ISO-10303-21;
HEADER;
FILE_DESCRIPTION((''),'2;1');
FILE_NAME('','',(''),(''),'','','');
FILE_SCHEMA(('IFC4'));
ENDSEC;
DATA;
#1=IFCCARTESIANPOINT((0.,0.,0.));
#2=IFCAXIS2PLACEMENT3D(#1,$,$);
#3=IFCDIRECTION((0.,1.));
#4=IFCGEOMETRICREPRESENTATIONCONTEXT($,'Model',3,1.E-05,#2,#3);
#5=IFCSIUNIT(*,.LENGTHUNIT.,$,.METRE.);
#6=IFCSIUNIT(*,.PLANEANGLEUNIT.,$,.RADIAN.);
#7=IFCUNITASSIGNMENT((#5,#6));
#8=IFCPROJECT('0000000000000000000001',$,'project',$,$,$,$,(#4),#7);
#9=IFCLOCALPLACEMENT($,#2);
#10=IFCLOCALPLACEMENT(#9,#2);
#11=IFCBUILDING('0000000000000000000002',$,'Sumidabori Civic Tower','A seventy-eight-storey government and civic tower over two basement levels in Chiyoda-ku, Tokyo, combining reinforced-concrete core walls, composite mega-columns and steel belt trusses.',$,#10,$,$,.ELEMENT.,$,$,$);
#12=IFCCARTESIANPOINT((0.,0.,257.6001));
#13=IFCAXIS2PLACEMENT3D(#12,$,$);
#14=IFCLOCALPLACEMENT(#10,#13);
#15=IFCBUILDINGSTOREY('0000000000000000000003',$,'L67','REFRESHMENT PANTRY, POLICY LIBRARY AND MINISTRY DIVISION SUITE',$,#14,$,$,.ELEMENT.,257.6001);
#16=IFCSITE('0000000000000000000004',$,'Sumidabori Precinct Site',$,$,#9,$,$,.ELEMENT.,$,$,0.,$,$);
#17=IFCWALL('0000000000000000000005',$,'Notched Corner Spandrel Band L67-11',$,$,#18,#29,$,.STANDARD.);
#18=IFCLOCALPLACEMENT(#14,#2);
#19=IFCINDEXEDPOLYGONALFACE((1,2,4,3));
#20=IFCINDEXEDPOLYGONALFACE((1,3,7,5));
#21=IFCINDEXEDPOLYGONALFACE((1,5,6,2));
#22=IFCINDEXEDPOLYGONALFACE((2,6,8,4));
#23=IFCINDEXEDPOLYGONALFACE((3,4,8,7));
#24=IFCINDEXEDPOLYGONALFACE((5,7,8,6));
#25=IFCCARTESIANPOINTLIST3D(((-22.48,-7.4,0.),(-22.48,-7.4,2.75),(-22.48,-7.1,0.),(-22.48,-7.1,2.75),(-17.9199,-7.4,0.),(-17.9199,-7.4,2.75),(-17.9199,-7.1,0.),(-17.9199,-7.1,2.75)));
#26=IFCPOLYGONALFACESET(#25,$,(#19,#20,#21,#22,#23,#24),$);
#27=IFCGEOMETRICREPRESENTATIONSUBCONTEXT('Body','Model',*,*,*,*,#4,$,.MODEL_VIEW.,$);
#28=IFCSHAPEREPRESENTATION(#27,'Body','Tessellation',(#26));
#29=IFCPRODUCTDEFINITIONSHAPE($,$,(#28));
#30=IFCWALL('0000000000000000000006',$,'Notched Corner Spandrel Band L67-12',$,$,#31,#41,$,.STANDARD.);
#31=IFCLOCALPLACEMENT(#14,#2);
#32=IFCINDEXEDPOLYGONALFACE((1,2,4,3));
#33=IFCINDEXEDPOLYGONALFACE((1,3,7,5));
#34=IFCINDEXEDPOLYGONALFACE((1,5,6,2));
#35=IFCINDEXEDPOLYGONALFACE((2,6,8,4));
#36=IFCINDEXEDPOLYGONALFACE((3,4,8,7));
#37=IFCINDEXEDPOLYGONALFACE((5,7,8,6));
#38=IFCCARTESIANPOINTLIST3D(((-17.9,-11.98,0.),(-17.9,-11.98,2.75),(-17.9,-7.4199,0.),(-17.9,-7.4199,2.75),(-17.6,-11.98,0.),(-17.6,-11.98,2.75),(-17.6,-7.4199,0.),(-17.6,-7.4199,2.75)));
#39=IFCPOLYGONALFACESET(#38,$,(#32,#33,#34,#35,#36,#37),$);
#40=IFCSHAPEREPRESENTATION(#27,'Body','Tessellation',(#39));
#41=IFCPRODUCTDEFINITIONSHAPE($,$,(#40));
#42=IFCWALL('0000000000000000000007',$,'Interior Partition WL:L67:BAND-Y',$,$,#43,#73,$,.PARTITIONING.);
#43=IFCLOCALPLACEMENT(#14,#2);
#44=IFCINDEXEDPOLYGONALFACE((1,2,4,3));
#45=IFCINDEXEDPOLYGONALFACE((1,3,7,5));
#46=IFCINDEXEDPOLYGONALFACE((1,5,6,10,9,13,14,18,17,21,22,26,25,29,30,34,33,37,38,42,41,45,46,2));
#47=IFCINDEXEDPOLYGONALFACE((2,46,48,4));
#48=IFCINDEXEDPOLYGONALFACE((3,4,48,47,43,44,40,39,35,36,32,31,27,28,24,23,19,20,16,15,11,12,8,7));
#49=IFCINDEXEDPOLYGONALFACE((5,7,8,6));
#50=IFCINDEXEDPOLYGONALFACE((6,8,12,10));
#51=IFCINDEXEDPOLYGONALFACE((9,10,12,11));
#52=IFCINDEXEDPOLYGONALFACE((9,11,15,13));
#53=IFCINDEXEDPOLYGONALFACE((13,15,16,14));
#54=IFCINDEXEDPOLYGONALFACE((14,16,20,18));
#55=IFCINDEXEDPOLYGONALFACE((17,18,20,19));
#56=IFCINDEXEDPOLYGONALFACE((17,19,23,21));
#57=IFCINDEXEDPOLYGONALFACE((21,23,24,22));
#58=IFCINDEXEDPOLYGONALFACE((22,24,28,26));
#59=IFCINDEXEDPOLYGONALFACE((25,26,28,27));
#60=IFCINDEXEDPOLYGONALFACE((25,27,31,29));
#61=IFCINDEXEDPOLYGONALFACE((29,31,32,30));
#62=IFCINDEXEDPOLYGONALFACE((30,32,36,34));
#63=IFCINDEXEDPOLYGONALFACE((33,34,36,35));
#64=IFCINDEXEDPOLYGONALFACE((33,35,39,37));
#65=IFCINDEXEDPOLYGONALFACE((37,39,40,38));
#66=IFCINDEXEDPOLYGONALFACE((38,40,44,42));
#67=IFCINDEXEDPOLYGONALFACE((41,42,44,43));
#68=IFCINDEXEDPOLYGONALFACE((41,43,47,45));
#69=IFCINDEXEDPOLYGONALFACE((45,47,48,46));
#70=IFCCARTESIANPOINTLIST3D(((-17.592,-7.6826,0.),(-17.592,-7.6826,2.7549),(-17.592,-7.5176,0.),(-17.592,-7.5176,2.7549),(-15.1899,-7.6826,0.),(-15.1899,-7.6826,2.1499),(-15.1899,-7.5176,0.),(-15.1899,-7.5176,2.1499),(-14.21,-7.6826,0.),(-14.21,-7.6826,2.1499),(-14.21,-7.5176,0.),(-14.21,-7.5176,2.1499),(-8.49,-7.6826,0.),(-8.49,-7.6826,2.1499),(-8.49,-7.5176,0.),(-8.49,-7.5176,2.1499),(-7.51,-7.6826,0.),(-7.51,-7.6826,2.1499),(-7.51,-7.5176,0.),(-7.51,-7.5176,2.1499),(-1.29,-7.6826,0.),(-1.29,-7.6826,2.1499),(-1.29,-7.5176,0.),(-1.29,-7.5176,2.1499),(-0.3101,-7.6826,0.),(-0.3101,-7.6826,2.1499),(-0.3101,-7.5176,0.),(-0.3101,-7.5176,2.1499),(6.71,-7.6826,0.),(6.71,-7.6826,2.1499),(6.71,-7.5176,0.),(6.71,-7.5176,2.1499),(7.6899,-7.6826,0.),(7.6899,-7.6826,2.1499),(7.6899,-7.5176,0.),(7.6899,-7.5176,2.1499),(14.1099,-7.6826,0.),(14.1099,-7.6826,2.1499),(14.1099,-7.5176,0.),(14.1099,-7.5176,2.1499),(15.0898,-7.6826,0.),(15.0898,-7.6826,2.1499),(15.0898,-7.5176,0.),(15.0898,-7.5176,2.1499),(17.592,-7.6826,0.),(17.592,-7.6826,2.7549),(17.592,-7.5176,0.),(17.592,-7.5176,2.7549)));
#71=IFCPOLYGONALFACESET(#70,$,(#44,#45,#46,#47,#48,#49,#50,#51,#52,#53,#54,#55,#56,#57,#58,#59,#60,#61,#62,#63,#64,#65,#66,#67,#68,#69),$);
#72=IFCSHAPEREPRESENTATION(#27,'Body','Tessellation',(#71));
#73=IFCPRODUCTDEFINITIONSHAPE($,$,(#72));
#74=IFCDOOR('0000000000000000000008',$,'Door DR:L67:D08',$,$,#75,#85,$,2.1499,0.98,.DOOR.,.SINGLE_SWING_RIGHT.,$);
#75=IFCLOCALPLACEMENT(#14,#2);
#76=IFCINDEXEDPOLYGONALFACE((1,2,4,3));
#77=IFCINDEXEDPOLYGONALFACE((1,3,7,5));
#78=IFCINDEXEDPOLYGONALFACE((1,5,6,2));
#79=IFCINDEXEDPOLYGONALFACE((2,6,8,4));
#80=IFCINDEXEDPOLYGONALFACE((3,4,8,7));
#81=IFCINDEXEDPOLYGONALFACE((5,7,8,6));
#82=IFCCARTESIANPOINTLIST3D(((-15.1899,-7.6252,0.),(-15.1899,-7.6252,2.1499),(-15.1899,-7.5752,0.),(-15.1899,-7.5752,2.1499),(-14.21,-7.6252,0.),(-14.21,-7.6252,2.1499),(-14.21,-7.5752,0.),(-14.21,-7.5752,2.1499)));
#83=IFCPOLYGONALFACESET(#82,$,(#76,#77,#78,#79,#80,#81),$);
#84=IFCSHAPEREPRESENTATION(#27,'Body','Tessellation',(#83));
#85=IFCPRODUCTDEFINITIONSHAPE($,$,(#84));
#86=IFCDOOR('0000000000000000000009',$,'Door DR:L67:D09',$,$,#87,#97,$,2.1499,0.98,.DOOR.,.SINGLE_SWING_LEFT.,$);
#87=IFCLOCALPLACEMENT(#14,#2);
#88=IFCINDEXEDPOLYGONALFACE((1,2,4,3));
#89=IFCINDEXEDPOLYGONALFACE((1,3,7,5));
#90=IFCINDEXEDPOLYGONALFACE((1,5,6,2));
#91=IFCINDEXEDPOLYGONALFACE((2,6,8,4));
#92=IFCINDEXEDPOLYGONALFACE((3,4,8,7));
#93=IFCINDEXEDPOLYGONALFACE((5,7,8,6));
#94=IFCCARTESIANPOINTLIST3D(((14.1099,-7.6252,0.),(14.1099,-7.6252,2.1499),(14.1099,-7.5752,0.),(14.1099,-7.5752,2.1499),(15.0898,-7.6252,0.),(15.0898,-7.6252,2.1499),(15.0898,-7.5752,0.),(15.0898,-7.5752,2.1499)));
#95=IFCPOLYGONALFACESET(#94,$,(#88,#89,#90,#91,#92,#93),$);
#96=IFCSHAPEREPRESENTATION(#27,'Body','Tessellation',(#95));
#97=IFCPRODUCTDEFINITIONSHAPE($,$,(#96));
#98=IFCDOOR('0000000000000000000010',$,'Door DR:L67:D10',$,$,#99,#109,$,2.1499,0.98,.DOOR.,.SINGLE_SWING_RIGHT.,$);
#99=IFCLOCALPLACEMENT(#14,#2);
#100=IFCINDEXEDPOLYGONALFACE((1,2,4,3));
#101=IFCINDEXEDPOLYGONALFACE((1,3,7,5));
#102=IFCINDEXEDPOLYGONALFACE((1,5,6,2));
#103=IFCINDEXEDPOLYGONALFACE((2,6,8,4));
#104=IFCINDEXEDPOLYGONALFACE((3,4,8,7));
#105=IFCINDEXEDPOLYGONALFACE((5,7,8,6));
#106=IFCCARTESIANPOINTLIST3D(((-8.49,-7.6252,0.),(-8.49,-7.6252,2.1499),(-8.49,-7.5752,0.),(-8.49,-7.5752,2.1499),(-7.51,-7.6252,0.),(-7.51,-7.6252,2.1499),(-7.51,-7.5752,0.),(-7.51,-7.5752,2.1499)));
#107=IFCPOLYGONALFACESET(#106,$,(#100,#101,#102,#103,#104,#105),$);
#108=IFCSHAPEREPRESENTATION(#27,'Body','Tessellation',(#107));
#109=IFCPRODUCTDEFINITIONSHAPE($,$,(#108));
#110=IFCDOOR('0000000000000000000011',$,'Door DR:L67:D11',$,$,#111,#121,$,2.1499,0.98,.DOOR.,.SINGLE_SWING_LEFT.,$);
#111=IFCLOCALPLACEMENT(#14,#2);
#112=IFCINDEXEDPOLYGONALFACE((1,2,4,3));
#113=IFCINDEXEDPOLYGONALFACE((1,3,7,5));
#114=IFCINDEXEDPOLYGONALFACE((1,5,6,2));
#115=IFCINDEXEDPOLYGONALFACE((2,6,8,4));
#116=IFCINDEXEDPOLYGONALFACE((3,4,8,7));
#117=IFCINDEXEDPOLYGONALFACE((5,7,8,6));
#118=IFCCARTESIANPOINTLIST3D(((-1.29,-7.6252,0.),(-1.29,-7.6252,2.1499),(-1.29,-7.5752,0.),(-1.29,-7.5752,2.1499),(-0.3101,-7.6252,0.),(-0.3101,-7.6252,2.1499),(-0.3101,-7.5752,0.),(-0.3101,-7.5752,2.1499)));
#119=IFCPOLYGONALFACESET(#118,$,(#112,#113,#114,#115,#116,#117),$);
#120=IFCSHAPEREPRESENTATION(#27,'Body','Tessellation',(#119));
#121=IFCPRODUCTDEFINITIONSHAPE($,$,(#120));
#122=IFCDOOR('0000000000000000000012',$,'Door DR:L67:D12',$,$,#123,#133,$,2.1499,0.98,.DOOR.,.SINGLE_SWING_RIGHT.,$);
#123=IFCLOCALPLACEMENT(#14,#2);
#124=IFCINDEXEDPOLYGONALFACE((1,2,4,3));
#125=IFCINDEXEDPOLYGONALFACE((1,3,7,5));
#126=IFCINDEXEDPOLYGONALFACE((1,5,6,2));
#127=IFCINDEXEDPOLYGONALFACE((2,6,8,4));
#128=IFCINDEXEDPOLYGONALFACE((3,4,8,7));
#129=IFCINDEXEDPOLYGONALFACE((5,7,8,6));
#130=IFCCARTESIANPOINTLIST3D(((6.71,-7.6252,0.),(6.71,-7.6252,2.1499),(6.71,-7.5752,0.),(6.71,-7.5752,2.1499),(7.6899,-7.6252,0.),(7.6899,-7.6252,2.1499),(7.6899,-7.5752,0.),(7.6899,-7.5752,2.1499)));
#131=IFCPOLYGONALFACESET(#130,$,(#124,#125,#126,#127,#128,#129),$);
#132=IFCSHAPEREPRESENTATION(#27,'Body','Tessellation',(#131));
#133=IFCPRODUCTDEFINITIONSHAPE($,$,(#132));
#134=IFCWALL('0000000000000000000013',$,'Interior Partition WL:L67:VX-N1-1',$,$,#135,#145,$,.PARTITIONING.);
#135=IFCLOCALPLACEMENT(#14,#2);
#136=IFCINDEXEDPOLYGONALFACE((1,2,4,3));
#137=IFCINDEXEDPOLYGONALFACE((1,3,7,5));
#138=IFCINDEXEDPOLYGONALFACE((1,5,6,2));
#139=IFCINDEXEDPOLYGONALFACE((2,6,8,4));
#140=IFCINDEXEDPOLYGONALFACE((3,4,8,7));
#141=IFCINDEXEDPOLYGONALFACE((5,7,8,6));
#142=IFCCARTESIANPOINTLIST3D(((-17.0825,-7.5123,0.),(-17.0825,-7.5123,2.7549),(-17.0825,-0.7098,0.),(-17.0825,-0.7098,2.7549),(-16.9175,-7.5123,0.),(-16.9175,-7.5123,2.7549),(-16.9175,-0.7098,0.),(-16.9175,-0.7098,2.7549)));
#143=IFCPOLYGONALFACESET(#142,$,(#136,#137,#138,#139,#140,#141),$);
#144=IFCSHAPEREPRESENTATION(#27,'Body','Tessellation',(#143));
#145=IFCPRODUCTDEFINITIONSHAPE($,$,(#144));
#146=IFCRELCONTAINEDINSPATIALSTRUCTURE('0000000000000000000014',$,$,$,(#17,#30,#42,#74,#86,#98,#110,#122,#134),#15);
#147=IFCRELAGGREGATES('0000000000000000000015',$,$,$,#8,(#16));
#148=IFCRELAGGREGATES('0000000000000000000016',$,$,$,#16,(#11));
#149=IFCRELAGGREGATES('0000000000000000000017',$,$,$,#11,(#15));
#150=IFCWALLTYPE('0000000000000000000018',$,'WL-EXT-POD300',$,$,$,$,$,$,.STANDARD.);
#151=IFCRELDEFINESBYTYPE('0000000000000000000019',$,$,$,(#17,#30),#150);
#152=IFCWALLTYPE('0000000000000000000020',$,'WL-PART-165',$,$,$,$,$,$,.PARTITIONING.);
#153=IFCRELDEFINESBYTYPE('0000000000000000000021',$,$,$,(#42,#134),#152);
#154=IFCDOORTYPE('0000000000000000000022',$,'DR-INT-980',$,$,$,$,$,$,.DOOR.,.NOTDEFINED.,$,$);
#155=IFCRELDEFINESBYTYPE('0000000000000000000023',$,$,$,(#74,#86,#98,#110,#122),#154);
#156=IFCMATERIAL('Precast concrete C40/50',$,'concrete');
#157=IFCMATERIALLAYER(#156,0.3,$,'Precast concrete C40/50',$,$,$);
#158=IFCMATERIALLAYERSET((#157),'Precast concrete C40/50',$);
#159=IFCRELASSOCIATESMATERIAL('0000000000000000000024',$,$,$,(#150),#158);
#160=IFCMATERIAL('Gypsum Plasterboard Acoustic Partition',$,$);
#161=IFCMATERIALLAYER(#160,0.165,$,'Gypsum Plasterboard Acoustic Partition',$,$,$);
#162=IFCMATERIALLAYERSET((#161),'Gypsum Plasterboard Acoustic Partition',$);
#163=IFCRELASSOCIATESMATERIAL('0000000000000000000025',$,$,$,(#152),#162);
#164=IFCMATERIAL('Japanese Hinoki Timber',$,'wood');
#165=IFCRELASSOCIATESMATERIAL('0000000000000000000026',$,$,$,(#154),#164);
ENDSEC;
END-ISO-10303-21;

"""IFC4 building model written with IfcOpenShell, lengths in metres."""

from ifc_helpers import new_model, si_unit, direction, frame, frame_2d, origin, place, context, subcontext, project, spatial, rectangle, extrude, source, transform, mapped, material, layer, layer_set, type_object, element, fill, save


model = new_model("IFC4")

# Units and contexts
model_context = context("Model", 3, precision=1e-05, world=origin(), true_north=direction((0.0, 1.0)))
body_context = subcontext(model_context, "Body", "Model", "MODEL_VIEW")
ifc_project = project(units=[si_unit("LENGTHUNIT", "METRE"), si_unit("PLANEANGLEUNIT", "RADIAN")], contexts=[model_context])

# Site, building, storey
site_placement = place(None, origin())
site = spatial("IfcSite", under=ifc_project, at=site_placement, Name="Sumidabori Precinct Site", CompositionType="ELEMENT", RefElevation=0.0)
building_placement = place(site_placement, origin())
building = spatial("IfcBuilding", under=site, at=building_placement, Name="Sumidabori Civic Tower", Description="A seventy-eight-storey government and civic tower over two basement levels in Chiyoda-ku, Tokyo, combining reinforced-concrete core walls, composite mega-columns and steel belt trusses.", CompositionType="ELEMENT")
storey_placement = place(building_placement, frame((0.0, 0.0, 257.6001)))
storey = spatial("IfcBuildingStorey", under=building, at=storey_placement, Name="L67", Description="REFRESHMENT PANTRY, POLICY LIBRARY AND MINISTRY DIVISION SUITE", CompositionType="ELEMENT", Elevation=257.6001)

# Walls
ifc_material_1 = material(Name="Precast concrete C40/50", Category="concrete")
ifc_layer_1 = layer(ifc_material_1, 0.3, Name="Precast concrete C40/50")
ifc_layer_set_1 = layer_set([ifc_layer_1], Name="Precast concrete C40/50")
wall_type_1 = type_object("IfcWallType", Name="WL-EXT-POD300", PredefinedType="STANDARD", material=ifc_layer_set_1)
shared_shape_1 = source(origin(), body_context, "Body", "SweptSolid", [
    extrude(rectangle(XDim=4.5601, YDim=0.3, at=frame_2d((2.28, 0.0))), origin(), (0.0, 0.0, 1.0), 2.75),
])
for number, where, z_axis, x_axis, name in (
    (1, (-22.48, -7.25, 0.0), (0.0, 0.0, 1.0), (1.0, 0.0, 0.0), "Notched Corner Spandrel Band L67-11"),
    (2, (-17.75, -7.4199, 0.0), (0.0, 0.0, 1.0), (0.0, -1.0, 0.0), "Notched Corner Spandrel Band L67-12"),
):
    element("IfcWall", number, at=place(storey_placement, frame(where, z_axis=z_axis, x_axis=x_axis)), inside=storey, type_object=wall_type_1, Name=name, PredefinedType="STANDARD", context=body_context, shape_type="MappedRepresentation", body=[
        mapped(shared_shape_1, transform((0.0, 0.0, 0.0), x_axis=(1.0, 0.0, 0.0), y_axis=(0.0, 1.0, 0.0), z_axis=(0.0, 0.0, 1.0), scale=1.0)),
    ])

# Wall, openings, doors
ifc_material_2 = material(Name="Gypsum Plasterboard Acoustic Partition")
ifc_layer_2 = layer(ifc_material_2, 0.165, Name="Gypsum Plasterboard Acoustic Partition")
ifc_layer_set_2 = layer_set([ifc_layer_2], Name="Gypsum Plasterboard Acoustic Partition")
wall_type_2 = type_object("IfcWallType", Name="WL-PART-165", PredefinedType="PARTITIONING", material=ifc_layer_set_2)
shared_shape_2 = source(origin(), body_context, "Body", "SweptSolid", [
    extrude(rectangle(XDim=35.1841, YDim=0.165, at=frame_2d((17.592, 0.0))), origin(), (0.0, 0.0, 1.0), 2.7549),
])
wall_1_placement = place(storey_placement, frame((-17.592, -7.6001, 0.0), z_axis=(0.0, 0.0, 1.0), x_axis=(1.0, 0.0, 0.0)))
wall_1 = element("IfcWall", 3, at=wall_1_placement, inside=storey, type_object=wall_type_2, Name="Interior Partition WL:L67:BAND-Y", PredefinedType="PARTITIONING", context=body_context, shape_type="MappedRepresentation", body=[
    mapped(shared_shape_2, transform((0.0, 0.0, 0.0), x_axis=(1.0, 0.0, 0.0), y_axis=(0.0, 1.0, 0.0), z_axis=(0.0, 0.0, 1.0), scale=1.0)),
])
opening_1_placement = place(wall_1_placement, frame((2.4021, 0.0, 0.0)))
opening_1 = element("IfcOpeningElement", 4, at=opening_1_placement, cuts=wall_1, PredefinedType="OPENING", context=body_context, shape_type="SweptSolid", body=[
    extrude(rectangle(XDim=0.98, YDim=2.1499, at=frame_2d((0.49, 1.075))), frame((0.0, 0.0945, 0.0), z_axis=(0.0, -1.0, 0.0), x_axis=(1.0, 0.0, 0.0)), (0.0, 0.0, 1.0), 0.189),
])
opening_2_placement = place(wall_1_placement, frame((31.7019, 0.0, 0.0)))
opening_2 = element("IfcOpeningElement", 5, at=opening_2_placement, cuts=wall_1, PredefinedType="OPENING", context=body_context, shape_type="SweptSolid", body=[
    extrude(rectangle(XDim=0.98, YDim=2.1499, at=frame_2d((0.49, 1.075))), frame((0.0, 0.0945, 0.0), z_axis=(0.0, -1.0, 0.0), x_axis=(1.0, 0.0, 0.0)), (0.0, 0.0, 1.0), 0.189),
])
opening_3_placement = place(wall_1_placement, frame((9.1021, 0.0, 0.0)))
opening_3 = element("IfcOpeningElement", 6, at=opening_3_placement, cuts=wall_1, PredefinedType="OPENING", context=body_context, shape_type="SweptSolid", body=[
    extrude(rectangle(XDim=0.98, YDim=2.1499, at=frame_2d((0.49, 1.075))), frame((0.0, 0.0945, 0.0), z_axis=(0.0, -1.0, 0.0), x_axis=(1.0, 0.0, 0.0)), (0.0, 0.0, 1.0), 0.189),
])
opening_4_placement = place(wall_1_placement, frame((16.302, 0.0, 0.0)))
opening_4 = element("IfcOpeningElement", 7, at=opening_4_placement, cuts=wall_1, PredefinedType="OPENING", context=body_context, shape_type="SweptSolid", body=[
    extrude(rectangle(XDim=0.98, YDim=2.1499, at=frame_2d((0.49, 1.075))), frame((0.0, 0.0945, 0.0), z_axis=(0.0, -1.0, 0.0), x_axis=(1.0, 0.0, 0.0)), (0.0, 0.0, 1.0), 0.189),
])
opening_5_placement = place(wall_1_placement, frame((24.302, 0.0, 0.0)))
opening_5 = element("IfcOpeningElement", 8, at=opening_5_placement, cuts=wall_1, PredefinedType="OPENING", context=body_context, shape_type="SweptSolid", body=[
    extrude(rectangle(XDim=0.98, YDim=2.1499, at=frame_2d((0.49, 1.075))), frame((0.0, 0.0945, 0.0), z_axis=(0.0, -1.0, 0.0), x_axis=(1.0, 0.0, 0.0)), (0.0, 0.0, 1.0), 0.189),
])
ifc_material_3 = material(Name="Japanese Hinoki Timber", Category="wood")
door_type = type_object("IfcDoorType", Name="DR-INT-980", OperationType="NOTDEFINED", PredefinedType="DOOR", material=ifc_material_3)
shared_shape_3 = source(origin(), body_context, "Body", "SweptSolid", [
    extrude(rectangle(XDim=0.98, YDim=2.1499, at=frame_2d((0.49, 1.075))), frame((0.0, 0.0249, 0.0), z_axis=(0.0, -1.0, 0.0), x_axis=(1.0, 0.0, 0.0)), (0.0, 0.0, 1.0), 0.05),
])
door_1_placement = place(opening_1_placement, origin())
door_1 = element("IfcDoor", 9, at=door_1_placement, inside=storey, type_object=door_type, Name="Door DR:L67:D08", OperationType="SINGLE_SWING_RIGHT", OverallHeight=2.1499, OverallWidth=0.98, PredefinedType="DOOR", context=body_context, shape_type="MappedRepresentation", body=[
    mapped(shared_shape_3, transform((0.0, 0.0, 0.0), x_axis=(1.0, 0.0, 0.0), y_axis=(0.0, 1.0, 0.0), z_axis=(0.0, 0.0, 1.0), scale=1.0)),
])
fill(opening_1, door_1)
door_2_placement = place(opening_2_placement, origin())
door_2 = element("IfcDoor", 10, at=door_2_placement, inside=storey, type_object=door_type, Name="Door DR:L67:D09", OperationType="SINGLE_SWING_LEFT", OverallHeight=2.1499, OverallWidth=0.98, PredefinedType="DOOR", context=body_context, shape_type="MappedRepresentation", body=[
    mapped(shared_shape_3, transform((0.0, 0.0, 0.0), x_axis=(1.0, 0.0, 0.0), y_axis=(0.0, 1.0, 0.0), z_axis=(0.0, 0.0, 1.0), scale=1.0)),
])
fill(opening_2, door_2)
door_3_placement = place(opening_3_placement, origin())
door_3 = element("IfcDoor", 11, at=door_3_placement, inside=storey, type_object=door_type, Name="Door DR:L67:D10", OperationType="SINGLE_SWING_RIGHT", OverallHeight=2.1499, OverallWidth=0.98, PredefinedType="DOOR", context=body_context, shape_type="MappedRepresentation", body=[
    mapped(shared_shape_3, transform((0.0, 0.0, 0.0), x_axis=(1.0, 0.0, 0.0), y_axis=(0.0, 1.0, 0.0), z_axis=(0.0, 0.0, 1.0), scale=1.0)),
])
fill(opening_3, door_3)
door_4_placement = place(opening_4_placement, origin())
door_4 = element("IfcDoor", 12, at=door_4_placement, inside=storey, type_object=door_type, Name="Door DR:L67:D11", OperationType="SINGLE_SWING_LEFT", OverallHeight=2.1499, OverallWidth=0.98, PredefinedType="DOOR", context=body_context, shape_type="MappedRepresentation", body=[
    mapped(shared_shape_3, transform((0.0, 0.0, 0.0), x_axis=(1.0, 0.0, 0.0), y_axis=(0.0, 1.0, 0.0), z_axis=(0.0, 0.0, 1.0), scale=1.0)),
])
fill(opening_4, door_4)
door_5_placement = place(opening_5_placement, origin())
door_5 = element("IfcDoor", 13, at=door_5_placement, inside=storey, type_object=door_type, Name="Door DR:L67:D12", OperationType="SINGLE_SWING_RIGHT", OverallHeight=2.1499, OverallWidth=0.98, PredefinedType="DOOR", context=body_context, shape_type="MappedRepresentation", body=[
    mapped(shared_shape_3, transform((0.0, 0.0, 0.0), x_axis=(1.0, 0.0, 0.0), y_axis=(0.0, 1.0, 0.0), z_axis=(0.0, 0.0, 1.0), scale=1.0)),
])
fill(opening_5, door_5)

# Wall
shared_shape_4 = source(origin(), body_context, "Body", "SweptSolid", [
    extrude(rectangle(XDim=6.8025, YDim=0.165, at=frame_2d((3.4014, 0.0))), origin(), (0.0, 0.0, 1.0), 2.7549),
])
wall_2_placement = place(storey_placement, frame((-17.0, -7.5125, 0.0), z_axis=(0.0, 0.0, 1.0), x_axis=(0.0, 1.0, 0.0)))
element("IfcWall", 14, at=wall_2_placement, inside=storey, type_object=wall_type_2, Name="Interior Partition WL:L67:VX-N1-1", PredefinedType="PARTITIONING", context=body_context, shape_type="MappedRepresentation", body=[
    mapped(shared_shape_4, transform((0.0, 0.0, 0.0), x_axis=(1.0, 0.0, 0.0), y_axis=(0.0, 1.0, 0.0), z_axis=(0.0, 0.0, 1.0), scale=1.0)),
])

save(model, "model.ifc")
